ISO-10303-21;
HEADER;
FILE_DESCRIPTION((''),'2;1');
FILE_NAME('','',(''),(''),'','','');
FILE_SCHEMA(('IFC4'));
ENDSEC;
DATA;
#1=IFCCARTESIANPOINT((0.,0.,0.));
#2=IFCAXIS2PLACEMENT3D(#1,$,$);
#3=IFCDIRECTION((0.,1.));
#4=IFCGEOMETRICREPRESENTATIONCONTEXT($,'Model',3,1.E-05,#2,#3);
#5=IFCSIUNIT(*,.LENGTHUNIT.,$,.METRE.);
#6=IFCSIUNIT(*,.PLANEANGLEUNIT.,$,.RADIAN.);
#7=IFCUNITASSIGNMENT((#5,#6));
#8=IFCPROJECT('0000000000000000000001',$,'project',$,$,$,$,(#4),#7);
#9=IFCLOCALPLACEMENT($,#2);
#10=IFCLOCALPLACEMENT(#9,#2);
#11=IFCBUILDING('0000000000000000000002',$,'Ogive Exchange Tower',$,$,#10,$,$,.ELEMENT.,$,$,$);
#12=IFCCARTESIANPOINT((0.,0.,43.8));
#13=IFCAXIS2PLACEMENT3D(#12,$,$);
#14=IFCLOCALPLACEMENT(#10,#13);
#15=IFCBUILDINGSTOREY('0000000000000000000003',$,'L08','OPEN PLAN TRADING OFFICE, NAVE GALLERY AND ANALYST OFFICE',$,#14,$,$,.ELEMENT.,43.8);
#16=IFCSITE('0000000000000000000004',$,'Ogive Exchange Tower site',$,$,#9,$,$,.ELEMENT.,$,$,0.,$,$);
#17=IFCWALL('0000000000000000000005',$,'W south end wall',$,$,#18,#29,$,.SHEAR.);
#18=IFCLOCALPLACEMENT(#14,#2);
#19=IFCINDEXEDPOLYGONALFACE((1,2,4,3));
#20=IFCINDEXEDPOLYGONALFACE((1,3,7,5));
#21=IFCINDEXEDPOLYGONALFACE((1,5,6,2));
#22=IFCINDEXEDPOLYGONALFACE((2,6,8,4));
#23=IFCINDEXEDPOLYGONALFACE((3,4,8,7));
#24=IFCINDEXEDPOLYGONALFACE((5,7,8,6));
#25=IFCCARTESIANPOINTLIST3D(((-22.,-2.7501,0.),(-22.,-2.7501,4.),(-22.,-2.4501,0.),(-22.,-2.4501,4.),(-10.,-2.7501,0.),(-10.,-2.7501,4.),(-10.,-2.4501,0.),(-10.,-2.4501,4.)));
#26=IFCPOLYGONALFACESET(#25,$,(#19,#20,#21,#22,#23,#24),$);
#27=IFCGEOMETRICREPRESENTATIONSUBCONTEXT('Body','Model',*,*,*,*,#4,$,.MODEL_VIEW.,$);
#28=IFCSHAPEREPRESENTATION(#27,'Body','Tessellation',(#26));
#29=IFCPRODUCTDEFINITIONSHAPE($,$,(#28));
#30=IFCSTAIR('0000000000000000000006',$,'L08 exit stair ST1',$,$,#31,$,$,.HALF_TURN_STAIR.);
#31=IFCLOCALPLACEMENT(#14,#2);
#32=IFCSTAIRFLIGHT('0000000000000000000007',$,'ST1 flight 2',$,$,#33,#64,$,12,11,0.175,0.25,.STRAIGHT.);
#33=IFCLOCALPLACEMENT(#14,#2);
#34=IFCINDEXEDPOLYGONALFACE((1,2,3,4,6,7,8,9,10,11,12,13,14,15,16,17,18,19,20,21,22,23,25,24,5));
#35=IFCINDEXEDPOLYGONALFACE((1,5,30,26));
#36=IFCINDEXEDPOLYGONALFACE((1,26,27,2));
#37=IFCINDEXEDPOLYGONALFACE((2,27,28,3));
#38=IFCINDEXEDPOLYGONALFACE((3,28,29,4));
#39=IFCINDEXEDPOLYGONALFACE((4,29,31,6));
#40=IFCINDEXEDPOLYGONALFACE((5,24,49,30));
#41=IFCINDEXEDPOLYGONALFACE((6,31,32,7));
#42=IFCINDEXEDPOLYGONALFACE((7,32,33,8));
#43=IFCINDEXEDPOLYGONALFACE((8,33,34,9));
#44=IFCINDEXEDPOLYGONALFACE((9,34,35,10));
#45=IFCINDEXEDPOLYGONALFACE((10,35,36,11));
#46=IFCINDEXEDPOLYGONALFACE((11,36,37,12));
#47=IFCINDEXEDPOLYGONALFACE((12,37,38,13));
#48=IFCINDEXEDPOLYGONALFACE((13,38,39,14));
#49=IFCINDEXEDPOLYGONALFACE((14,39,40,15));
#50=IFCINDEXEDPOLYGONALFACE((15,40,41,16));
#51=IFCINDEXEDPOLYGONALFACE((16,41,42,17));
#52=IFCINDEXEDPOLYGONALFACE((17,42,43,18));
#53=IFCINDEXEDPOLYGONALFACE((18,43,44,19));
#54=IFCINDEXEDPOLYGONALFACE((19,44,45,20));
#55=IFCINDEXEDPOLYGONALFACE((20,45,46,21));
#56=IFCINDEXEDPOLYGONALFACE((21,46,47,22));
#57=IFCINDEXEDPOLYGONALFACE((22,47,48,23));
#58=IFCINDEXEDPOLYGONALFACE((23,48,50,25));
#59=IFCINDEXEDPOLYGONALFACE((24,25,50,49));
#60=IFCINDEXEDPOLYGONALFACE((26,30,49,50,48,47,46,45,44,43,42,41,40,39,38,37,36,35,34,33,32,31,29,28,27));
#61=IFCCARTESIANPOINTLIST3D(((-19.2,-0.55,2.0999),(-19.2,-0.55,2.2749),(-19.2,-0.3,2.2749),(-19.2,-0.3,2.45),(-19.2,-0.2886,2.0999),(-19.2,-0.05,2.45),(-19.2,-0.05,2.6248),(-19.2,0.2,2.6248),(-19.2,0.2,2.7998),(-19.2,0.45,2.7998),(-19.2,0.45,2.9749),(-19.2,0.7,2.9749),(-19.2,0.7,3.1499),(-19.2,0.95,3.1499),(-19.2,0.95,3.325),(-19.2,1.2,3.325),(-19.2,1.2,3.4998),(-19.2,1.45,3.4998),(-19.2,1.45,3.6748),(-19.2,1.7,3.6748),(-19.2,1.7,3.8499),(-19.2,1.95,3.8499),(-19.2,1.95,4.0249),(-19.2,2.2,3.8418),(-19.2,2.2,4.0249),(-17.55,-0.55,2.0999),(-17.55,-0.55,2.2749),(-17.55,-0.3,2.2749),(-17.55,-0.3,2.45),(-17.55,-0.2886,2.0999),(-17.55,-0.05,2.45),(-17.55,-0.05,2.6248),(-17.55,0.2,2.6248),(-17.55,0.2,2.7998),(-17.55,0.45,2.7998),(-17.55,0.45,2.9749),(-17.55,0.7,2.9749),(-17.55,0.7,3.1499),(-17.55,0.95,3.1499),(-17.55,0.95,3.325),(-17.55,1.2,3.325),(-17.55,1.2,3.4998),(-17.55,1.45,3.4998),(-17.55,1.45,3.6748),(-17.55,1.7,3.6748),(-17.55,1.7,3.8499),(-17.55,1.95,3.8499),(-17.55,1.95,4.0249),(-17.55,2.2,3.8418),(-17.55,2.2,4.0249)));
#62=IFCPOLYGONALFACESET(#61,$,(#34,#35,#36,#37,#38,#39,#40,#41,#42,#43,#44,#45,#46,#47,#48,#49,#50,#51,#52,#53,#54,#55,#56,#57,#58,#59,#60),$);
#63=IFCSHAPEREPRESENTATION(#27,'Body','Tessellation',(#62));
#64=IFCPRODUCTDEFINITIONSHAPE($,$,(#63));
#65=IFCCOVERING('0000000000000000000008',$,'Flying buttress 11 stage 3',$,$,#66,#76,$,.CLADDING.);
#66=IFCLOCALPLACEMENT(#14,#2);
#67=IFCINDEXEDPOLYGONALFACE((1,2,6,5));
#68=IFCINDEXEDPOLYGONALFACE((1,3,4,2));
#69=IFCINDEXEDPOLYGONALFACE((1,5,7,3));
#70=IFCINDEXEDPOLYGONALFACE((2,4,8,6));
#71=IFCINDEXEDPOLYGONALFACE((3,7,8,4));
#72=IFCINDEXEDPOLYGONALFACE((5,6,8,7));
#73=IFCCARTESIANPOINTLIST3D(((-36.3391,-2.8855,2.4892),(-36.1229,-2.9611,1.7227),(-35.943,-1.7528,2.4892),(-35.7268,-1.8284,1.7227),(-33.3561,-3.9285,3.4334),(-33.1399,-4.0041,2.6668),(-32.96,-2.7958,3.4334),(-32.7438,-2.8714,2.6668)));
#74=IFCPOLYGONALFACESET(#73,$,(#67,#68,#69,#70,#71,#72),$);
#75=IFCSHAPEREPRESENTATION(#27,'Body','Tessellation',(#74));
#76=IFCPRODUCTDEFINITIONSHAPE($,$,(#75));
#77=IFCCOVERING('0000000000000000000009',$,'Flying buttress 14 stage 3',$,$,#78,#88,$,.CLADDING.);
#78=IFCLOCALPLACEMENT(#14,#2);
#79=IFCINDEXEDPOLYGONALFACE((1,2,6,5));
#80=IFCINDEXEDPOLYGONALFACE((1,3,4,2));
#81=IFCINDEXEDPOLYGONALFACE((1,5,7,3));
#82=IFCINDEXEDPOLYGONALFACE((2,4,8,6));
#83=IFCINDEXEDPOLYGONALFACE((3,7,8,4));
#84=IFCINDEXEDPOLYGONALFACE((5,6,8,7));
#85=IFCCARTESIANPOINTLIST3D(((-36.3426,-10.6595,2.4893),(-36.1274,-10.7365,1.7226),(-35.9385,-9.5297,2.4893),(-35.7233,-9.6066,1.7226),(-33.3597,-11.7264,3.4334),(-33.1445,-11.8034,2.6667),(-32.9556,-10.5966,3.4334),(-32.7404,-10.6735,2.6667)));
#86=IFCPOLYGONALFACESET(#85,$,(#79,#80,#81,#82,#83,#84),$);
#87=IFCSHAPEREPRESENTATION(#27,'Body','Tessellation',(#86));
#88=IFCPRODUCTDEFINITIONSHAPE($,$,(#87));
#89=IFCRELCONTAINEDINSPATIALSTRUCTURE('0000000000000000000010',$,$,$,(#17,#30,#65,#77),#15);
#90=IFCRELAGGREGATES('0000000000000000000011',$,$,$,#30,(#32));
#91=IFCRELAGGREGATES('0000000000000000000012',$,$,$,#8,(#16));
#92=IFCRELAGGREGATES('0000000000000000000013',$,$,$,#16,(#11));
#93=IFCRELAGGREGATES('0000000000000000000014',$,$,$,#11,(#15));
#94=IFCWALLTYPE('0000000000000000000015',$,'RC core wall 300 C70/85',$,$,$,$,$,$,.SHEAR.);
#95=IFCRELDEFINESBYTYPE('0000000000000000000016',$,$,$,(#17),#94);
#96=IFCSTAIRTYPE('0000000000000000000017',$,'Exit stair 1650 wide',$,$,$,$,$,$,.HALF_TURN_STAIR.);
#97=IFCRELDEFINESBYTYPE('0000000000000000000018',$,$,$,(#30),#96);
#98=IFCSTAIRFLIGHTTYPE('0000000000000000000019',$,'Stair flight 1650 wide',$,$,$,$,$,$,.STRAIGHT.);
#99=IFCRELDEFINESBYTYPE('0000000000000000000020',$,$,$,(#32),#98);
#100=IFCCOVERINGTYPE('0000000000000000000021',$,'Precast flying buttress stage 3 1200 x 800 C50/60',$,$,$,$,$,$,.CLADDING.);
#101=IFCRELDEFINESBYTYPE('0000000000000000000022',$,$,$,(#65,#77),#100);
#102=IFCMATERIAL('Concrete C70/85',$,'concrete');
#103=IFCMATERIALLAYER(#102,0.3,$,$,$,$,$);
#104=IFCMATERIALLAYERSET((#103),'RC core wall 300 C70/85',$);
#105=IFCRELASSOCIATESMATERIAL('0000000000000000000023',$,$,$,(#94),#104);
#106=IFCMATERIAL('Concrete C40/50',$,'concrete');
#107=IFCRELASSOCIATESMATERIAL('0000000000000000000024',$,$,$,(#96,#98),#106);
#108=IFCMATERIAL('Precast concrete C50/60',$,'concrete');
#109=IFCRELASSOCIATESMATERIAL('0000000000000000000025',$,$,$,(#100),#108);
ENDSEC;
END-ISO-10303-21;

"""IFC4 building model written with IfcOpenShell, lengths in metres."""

from ifc_helpers import new_model, si_unit, direction, frame, frame_2d, origin, origin_2d, place, context, subcontext, project, spatial, polyline, rectangle, outline, extrude, material, layer, layer_set, material_profile, profile_set, type_object, element, aggregate, save


model = new_model("IFC4")

# Units and contexts
model_context = context("Model", 3, precision=1e-05, world=origin(), true_north=direction((0.0, 1.0)))
body_context = subcontext(model_context, "Body", "Model", "MODEL_VIEW")
ifc_project = project(units=[si_unit("LENGTHUNIT", "METRE"), si_unit("PLANEANGLEUNIT", "RADIAN")], contexts=[model_context])

# Site, building, storey
site_placement = place(None, origin())
site = spatial("IfcSite", under=ifc_project, at=site_placement, Name="Ogive Exchange Tower site", CompositionType="ELEMENT", RefElevation=0.0)
building_placement = place(site_placement, origin())
building = spatial("IfcBuilding", under=site, at=building_placement, Name="Ogive Exchange Tower", CompositionType="ELEMENT")
storey_placement = place(building_placement, frame((0.0, 0.0, 43.8)))
storey = spatial("IfcBuildingStorey", under=building, at=storey_placement, Name="L08", Description="OPEN PLAN TRADING OFFICE, NAVE GALLERY AND ANALYST OFFICE", CompositionType="ELEMENT", Elevation=43.8)

# Shared definitions
ifc_material_1 = material(Name="Concrete C70/85", Category="concrete")

# Wall
ifc_layer_1 = layer(ifc_material_1, 0.3)
ifc_layer_set_1 = layer_set([ifc_layer_1], Name="RC core wall 300 C70/85")
wall_type_1 = type_object("IfcWallType", Name="RC core wall 300 C70/85", PredefinedType="SHEAR", material=ifc_layer_set_1)
wall_1_placement = place(storey_placement, frame((-22.0, -2.6001, 0.0), z_axis=(0.0, 0.0, 1.0), x_axis=(1.0, 0.0, 0.0)))
element("IfcWall", 1, at=wall_1_placement, inside=storey, type_object=wall_type_1, Name="W south end wall", PredefinedType="SHEAR", context=body_context, shape_type="SweptSolid", body=[
    extrude(rectangle(XDim=12.0, YDim=0.3, at=frame_2d((6.0, 0.0))), origin(), (0.0, 0.0, 1.0), 4.0),
])

# Stair, stair flight
ifc_material_2 = material(Name="Concrete C40/50", Category="concrete")
stair_type = type_object("IfcStairType", Name="Exit stair 1650 wide", PredefinedType="HALF_TURN_STAIR", material=ifc_material_2)
stair_placement = place(storey_placement, origin())
stair = element("IfcStair", 2, at=stair_placement, inside=storey, type_object=stair_type, Name="L08 exit stair ST1", PredefinedType="HALF_TURN_STAIR")
stair_flight_type = type_object("IfcStairFlightType", Name="Stair flight 1650 wide", PredefinedType="STRAIGHT", material=ifc_material_2)
stair_flight_placement = place(storey_placement, frame((-18.375, -0.55, 2.0999), z_axis=(0.0, 0.0, 1.0), x_axis=(0.0, 1.0, 0.0)))
stair_flight = element("IfcStairFlight", 3, at=stair_flight_placement, type_object=stair_flight_type, Name="ST1 flight 2", NumberOfRisers=12, NumberOfTreads=11, PredefinedType="STRAIGHT", RiserHeight=0.175, TreadLength=0.25, context=body_context, shape_type="SweptSolid", body=[
    extrude(outline(polyline([(0.0, 0.0), (0.0, 0.175), (0.25, 0.175), (0.25, 0.3501), (0.5, 0.3501), (0.5, 0.5249), (0.75, 0.5249), (0.75, 0.7), (1.0, 0.7), (1.0, 0.875), (1.25, 0.875), (1.25, 1.05), (1.5, 1.05), (1.5, 1.2251), (1.75, 1.2251), (1.75, 1.3999), (2.0, 1.3999), (2.0, 1.575), (2.25, 1.575), (2.25, 1.75), (2.5, 1.75), (2.5, 1.925), (2.75, 1.925), (2.75, 2.1001), (2.75, 1.7419), (0.2615, 0.0), (0.0, 0.0)])), frame((0.0, 0.825, 0.0), z_axis=(0.0, -1.0, 0.0), x_axis=(1.0, 0.0, 0.0)), (0.0, 0.0, 1.0), 1.6499),
])
aggregate(stair, [stair_flight])

# Coverings
ifc_material_3 = material(Name="Precast concrete C50/60", Category="concrete")
ifc_material_profile_1 = material_profile(ifc_material_3, rectangle(XDim=1.2, YDim=0.8, at=origin_2d()), Name="FLYING BUTTRESS 3 1200 x 800")
ifc_profile_set_1 = profile_set([ifc_material_profile_1], Name="Precast concrete C50/60")
covering_type = type_object("IfcCoveringType", Name="Precast flying buttress stage 3 1200 x 800 C50/60", PredefinedType="CLADDING", material=ifc_profile_set_1)
covering_1_placement = place(storey_placement, frame((-36.033, -2.3569, 2.106), z_axis=(0.904459, -0.316242, 0.286261), x_axis=(0.330054, 0.943962, 0.0)))
element("IfcCovering", 4, at=covering_1_placement, inside=storey, type_object=covering_type, Name="Flying buttress 11 stage 3", PredefinedType="CLADDING", context=body_context, shape_type="SweptSolid", body=[
    extrude(rectangle(XDim=1.2, YDim=0.8, at=origin_2d()), origin(), (0.0, 0.0, 1.0), 3.2981),
])
covering_2_placement = place(storey_placement, frame((-36.033, -10.1331, 2.106), z_axis=(0.902367, -0.322749, 0.285599), x_axis=(0.336776, 0.941585, 0.0)))
element("IfcCovering", 5, at=covering_2_placement, inside=storey, type_object=covering_type, Name="Flying buttress 14 stage 3", PredefinedType="CLADDING", context=body_context, shape_type="SweptSolid", body=[
    extrude(rectangle(XDim=1.2, YDim=0.8, at=origin_2d()), origin(), (0.0, 0.0, 1.0), 3.3057),
])

save(model, "model.ifc")
